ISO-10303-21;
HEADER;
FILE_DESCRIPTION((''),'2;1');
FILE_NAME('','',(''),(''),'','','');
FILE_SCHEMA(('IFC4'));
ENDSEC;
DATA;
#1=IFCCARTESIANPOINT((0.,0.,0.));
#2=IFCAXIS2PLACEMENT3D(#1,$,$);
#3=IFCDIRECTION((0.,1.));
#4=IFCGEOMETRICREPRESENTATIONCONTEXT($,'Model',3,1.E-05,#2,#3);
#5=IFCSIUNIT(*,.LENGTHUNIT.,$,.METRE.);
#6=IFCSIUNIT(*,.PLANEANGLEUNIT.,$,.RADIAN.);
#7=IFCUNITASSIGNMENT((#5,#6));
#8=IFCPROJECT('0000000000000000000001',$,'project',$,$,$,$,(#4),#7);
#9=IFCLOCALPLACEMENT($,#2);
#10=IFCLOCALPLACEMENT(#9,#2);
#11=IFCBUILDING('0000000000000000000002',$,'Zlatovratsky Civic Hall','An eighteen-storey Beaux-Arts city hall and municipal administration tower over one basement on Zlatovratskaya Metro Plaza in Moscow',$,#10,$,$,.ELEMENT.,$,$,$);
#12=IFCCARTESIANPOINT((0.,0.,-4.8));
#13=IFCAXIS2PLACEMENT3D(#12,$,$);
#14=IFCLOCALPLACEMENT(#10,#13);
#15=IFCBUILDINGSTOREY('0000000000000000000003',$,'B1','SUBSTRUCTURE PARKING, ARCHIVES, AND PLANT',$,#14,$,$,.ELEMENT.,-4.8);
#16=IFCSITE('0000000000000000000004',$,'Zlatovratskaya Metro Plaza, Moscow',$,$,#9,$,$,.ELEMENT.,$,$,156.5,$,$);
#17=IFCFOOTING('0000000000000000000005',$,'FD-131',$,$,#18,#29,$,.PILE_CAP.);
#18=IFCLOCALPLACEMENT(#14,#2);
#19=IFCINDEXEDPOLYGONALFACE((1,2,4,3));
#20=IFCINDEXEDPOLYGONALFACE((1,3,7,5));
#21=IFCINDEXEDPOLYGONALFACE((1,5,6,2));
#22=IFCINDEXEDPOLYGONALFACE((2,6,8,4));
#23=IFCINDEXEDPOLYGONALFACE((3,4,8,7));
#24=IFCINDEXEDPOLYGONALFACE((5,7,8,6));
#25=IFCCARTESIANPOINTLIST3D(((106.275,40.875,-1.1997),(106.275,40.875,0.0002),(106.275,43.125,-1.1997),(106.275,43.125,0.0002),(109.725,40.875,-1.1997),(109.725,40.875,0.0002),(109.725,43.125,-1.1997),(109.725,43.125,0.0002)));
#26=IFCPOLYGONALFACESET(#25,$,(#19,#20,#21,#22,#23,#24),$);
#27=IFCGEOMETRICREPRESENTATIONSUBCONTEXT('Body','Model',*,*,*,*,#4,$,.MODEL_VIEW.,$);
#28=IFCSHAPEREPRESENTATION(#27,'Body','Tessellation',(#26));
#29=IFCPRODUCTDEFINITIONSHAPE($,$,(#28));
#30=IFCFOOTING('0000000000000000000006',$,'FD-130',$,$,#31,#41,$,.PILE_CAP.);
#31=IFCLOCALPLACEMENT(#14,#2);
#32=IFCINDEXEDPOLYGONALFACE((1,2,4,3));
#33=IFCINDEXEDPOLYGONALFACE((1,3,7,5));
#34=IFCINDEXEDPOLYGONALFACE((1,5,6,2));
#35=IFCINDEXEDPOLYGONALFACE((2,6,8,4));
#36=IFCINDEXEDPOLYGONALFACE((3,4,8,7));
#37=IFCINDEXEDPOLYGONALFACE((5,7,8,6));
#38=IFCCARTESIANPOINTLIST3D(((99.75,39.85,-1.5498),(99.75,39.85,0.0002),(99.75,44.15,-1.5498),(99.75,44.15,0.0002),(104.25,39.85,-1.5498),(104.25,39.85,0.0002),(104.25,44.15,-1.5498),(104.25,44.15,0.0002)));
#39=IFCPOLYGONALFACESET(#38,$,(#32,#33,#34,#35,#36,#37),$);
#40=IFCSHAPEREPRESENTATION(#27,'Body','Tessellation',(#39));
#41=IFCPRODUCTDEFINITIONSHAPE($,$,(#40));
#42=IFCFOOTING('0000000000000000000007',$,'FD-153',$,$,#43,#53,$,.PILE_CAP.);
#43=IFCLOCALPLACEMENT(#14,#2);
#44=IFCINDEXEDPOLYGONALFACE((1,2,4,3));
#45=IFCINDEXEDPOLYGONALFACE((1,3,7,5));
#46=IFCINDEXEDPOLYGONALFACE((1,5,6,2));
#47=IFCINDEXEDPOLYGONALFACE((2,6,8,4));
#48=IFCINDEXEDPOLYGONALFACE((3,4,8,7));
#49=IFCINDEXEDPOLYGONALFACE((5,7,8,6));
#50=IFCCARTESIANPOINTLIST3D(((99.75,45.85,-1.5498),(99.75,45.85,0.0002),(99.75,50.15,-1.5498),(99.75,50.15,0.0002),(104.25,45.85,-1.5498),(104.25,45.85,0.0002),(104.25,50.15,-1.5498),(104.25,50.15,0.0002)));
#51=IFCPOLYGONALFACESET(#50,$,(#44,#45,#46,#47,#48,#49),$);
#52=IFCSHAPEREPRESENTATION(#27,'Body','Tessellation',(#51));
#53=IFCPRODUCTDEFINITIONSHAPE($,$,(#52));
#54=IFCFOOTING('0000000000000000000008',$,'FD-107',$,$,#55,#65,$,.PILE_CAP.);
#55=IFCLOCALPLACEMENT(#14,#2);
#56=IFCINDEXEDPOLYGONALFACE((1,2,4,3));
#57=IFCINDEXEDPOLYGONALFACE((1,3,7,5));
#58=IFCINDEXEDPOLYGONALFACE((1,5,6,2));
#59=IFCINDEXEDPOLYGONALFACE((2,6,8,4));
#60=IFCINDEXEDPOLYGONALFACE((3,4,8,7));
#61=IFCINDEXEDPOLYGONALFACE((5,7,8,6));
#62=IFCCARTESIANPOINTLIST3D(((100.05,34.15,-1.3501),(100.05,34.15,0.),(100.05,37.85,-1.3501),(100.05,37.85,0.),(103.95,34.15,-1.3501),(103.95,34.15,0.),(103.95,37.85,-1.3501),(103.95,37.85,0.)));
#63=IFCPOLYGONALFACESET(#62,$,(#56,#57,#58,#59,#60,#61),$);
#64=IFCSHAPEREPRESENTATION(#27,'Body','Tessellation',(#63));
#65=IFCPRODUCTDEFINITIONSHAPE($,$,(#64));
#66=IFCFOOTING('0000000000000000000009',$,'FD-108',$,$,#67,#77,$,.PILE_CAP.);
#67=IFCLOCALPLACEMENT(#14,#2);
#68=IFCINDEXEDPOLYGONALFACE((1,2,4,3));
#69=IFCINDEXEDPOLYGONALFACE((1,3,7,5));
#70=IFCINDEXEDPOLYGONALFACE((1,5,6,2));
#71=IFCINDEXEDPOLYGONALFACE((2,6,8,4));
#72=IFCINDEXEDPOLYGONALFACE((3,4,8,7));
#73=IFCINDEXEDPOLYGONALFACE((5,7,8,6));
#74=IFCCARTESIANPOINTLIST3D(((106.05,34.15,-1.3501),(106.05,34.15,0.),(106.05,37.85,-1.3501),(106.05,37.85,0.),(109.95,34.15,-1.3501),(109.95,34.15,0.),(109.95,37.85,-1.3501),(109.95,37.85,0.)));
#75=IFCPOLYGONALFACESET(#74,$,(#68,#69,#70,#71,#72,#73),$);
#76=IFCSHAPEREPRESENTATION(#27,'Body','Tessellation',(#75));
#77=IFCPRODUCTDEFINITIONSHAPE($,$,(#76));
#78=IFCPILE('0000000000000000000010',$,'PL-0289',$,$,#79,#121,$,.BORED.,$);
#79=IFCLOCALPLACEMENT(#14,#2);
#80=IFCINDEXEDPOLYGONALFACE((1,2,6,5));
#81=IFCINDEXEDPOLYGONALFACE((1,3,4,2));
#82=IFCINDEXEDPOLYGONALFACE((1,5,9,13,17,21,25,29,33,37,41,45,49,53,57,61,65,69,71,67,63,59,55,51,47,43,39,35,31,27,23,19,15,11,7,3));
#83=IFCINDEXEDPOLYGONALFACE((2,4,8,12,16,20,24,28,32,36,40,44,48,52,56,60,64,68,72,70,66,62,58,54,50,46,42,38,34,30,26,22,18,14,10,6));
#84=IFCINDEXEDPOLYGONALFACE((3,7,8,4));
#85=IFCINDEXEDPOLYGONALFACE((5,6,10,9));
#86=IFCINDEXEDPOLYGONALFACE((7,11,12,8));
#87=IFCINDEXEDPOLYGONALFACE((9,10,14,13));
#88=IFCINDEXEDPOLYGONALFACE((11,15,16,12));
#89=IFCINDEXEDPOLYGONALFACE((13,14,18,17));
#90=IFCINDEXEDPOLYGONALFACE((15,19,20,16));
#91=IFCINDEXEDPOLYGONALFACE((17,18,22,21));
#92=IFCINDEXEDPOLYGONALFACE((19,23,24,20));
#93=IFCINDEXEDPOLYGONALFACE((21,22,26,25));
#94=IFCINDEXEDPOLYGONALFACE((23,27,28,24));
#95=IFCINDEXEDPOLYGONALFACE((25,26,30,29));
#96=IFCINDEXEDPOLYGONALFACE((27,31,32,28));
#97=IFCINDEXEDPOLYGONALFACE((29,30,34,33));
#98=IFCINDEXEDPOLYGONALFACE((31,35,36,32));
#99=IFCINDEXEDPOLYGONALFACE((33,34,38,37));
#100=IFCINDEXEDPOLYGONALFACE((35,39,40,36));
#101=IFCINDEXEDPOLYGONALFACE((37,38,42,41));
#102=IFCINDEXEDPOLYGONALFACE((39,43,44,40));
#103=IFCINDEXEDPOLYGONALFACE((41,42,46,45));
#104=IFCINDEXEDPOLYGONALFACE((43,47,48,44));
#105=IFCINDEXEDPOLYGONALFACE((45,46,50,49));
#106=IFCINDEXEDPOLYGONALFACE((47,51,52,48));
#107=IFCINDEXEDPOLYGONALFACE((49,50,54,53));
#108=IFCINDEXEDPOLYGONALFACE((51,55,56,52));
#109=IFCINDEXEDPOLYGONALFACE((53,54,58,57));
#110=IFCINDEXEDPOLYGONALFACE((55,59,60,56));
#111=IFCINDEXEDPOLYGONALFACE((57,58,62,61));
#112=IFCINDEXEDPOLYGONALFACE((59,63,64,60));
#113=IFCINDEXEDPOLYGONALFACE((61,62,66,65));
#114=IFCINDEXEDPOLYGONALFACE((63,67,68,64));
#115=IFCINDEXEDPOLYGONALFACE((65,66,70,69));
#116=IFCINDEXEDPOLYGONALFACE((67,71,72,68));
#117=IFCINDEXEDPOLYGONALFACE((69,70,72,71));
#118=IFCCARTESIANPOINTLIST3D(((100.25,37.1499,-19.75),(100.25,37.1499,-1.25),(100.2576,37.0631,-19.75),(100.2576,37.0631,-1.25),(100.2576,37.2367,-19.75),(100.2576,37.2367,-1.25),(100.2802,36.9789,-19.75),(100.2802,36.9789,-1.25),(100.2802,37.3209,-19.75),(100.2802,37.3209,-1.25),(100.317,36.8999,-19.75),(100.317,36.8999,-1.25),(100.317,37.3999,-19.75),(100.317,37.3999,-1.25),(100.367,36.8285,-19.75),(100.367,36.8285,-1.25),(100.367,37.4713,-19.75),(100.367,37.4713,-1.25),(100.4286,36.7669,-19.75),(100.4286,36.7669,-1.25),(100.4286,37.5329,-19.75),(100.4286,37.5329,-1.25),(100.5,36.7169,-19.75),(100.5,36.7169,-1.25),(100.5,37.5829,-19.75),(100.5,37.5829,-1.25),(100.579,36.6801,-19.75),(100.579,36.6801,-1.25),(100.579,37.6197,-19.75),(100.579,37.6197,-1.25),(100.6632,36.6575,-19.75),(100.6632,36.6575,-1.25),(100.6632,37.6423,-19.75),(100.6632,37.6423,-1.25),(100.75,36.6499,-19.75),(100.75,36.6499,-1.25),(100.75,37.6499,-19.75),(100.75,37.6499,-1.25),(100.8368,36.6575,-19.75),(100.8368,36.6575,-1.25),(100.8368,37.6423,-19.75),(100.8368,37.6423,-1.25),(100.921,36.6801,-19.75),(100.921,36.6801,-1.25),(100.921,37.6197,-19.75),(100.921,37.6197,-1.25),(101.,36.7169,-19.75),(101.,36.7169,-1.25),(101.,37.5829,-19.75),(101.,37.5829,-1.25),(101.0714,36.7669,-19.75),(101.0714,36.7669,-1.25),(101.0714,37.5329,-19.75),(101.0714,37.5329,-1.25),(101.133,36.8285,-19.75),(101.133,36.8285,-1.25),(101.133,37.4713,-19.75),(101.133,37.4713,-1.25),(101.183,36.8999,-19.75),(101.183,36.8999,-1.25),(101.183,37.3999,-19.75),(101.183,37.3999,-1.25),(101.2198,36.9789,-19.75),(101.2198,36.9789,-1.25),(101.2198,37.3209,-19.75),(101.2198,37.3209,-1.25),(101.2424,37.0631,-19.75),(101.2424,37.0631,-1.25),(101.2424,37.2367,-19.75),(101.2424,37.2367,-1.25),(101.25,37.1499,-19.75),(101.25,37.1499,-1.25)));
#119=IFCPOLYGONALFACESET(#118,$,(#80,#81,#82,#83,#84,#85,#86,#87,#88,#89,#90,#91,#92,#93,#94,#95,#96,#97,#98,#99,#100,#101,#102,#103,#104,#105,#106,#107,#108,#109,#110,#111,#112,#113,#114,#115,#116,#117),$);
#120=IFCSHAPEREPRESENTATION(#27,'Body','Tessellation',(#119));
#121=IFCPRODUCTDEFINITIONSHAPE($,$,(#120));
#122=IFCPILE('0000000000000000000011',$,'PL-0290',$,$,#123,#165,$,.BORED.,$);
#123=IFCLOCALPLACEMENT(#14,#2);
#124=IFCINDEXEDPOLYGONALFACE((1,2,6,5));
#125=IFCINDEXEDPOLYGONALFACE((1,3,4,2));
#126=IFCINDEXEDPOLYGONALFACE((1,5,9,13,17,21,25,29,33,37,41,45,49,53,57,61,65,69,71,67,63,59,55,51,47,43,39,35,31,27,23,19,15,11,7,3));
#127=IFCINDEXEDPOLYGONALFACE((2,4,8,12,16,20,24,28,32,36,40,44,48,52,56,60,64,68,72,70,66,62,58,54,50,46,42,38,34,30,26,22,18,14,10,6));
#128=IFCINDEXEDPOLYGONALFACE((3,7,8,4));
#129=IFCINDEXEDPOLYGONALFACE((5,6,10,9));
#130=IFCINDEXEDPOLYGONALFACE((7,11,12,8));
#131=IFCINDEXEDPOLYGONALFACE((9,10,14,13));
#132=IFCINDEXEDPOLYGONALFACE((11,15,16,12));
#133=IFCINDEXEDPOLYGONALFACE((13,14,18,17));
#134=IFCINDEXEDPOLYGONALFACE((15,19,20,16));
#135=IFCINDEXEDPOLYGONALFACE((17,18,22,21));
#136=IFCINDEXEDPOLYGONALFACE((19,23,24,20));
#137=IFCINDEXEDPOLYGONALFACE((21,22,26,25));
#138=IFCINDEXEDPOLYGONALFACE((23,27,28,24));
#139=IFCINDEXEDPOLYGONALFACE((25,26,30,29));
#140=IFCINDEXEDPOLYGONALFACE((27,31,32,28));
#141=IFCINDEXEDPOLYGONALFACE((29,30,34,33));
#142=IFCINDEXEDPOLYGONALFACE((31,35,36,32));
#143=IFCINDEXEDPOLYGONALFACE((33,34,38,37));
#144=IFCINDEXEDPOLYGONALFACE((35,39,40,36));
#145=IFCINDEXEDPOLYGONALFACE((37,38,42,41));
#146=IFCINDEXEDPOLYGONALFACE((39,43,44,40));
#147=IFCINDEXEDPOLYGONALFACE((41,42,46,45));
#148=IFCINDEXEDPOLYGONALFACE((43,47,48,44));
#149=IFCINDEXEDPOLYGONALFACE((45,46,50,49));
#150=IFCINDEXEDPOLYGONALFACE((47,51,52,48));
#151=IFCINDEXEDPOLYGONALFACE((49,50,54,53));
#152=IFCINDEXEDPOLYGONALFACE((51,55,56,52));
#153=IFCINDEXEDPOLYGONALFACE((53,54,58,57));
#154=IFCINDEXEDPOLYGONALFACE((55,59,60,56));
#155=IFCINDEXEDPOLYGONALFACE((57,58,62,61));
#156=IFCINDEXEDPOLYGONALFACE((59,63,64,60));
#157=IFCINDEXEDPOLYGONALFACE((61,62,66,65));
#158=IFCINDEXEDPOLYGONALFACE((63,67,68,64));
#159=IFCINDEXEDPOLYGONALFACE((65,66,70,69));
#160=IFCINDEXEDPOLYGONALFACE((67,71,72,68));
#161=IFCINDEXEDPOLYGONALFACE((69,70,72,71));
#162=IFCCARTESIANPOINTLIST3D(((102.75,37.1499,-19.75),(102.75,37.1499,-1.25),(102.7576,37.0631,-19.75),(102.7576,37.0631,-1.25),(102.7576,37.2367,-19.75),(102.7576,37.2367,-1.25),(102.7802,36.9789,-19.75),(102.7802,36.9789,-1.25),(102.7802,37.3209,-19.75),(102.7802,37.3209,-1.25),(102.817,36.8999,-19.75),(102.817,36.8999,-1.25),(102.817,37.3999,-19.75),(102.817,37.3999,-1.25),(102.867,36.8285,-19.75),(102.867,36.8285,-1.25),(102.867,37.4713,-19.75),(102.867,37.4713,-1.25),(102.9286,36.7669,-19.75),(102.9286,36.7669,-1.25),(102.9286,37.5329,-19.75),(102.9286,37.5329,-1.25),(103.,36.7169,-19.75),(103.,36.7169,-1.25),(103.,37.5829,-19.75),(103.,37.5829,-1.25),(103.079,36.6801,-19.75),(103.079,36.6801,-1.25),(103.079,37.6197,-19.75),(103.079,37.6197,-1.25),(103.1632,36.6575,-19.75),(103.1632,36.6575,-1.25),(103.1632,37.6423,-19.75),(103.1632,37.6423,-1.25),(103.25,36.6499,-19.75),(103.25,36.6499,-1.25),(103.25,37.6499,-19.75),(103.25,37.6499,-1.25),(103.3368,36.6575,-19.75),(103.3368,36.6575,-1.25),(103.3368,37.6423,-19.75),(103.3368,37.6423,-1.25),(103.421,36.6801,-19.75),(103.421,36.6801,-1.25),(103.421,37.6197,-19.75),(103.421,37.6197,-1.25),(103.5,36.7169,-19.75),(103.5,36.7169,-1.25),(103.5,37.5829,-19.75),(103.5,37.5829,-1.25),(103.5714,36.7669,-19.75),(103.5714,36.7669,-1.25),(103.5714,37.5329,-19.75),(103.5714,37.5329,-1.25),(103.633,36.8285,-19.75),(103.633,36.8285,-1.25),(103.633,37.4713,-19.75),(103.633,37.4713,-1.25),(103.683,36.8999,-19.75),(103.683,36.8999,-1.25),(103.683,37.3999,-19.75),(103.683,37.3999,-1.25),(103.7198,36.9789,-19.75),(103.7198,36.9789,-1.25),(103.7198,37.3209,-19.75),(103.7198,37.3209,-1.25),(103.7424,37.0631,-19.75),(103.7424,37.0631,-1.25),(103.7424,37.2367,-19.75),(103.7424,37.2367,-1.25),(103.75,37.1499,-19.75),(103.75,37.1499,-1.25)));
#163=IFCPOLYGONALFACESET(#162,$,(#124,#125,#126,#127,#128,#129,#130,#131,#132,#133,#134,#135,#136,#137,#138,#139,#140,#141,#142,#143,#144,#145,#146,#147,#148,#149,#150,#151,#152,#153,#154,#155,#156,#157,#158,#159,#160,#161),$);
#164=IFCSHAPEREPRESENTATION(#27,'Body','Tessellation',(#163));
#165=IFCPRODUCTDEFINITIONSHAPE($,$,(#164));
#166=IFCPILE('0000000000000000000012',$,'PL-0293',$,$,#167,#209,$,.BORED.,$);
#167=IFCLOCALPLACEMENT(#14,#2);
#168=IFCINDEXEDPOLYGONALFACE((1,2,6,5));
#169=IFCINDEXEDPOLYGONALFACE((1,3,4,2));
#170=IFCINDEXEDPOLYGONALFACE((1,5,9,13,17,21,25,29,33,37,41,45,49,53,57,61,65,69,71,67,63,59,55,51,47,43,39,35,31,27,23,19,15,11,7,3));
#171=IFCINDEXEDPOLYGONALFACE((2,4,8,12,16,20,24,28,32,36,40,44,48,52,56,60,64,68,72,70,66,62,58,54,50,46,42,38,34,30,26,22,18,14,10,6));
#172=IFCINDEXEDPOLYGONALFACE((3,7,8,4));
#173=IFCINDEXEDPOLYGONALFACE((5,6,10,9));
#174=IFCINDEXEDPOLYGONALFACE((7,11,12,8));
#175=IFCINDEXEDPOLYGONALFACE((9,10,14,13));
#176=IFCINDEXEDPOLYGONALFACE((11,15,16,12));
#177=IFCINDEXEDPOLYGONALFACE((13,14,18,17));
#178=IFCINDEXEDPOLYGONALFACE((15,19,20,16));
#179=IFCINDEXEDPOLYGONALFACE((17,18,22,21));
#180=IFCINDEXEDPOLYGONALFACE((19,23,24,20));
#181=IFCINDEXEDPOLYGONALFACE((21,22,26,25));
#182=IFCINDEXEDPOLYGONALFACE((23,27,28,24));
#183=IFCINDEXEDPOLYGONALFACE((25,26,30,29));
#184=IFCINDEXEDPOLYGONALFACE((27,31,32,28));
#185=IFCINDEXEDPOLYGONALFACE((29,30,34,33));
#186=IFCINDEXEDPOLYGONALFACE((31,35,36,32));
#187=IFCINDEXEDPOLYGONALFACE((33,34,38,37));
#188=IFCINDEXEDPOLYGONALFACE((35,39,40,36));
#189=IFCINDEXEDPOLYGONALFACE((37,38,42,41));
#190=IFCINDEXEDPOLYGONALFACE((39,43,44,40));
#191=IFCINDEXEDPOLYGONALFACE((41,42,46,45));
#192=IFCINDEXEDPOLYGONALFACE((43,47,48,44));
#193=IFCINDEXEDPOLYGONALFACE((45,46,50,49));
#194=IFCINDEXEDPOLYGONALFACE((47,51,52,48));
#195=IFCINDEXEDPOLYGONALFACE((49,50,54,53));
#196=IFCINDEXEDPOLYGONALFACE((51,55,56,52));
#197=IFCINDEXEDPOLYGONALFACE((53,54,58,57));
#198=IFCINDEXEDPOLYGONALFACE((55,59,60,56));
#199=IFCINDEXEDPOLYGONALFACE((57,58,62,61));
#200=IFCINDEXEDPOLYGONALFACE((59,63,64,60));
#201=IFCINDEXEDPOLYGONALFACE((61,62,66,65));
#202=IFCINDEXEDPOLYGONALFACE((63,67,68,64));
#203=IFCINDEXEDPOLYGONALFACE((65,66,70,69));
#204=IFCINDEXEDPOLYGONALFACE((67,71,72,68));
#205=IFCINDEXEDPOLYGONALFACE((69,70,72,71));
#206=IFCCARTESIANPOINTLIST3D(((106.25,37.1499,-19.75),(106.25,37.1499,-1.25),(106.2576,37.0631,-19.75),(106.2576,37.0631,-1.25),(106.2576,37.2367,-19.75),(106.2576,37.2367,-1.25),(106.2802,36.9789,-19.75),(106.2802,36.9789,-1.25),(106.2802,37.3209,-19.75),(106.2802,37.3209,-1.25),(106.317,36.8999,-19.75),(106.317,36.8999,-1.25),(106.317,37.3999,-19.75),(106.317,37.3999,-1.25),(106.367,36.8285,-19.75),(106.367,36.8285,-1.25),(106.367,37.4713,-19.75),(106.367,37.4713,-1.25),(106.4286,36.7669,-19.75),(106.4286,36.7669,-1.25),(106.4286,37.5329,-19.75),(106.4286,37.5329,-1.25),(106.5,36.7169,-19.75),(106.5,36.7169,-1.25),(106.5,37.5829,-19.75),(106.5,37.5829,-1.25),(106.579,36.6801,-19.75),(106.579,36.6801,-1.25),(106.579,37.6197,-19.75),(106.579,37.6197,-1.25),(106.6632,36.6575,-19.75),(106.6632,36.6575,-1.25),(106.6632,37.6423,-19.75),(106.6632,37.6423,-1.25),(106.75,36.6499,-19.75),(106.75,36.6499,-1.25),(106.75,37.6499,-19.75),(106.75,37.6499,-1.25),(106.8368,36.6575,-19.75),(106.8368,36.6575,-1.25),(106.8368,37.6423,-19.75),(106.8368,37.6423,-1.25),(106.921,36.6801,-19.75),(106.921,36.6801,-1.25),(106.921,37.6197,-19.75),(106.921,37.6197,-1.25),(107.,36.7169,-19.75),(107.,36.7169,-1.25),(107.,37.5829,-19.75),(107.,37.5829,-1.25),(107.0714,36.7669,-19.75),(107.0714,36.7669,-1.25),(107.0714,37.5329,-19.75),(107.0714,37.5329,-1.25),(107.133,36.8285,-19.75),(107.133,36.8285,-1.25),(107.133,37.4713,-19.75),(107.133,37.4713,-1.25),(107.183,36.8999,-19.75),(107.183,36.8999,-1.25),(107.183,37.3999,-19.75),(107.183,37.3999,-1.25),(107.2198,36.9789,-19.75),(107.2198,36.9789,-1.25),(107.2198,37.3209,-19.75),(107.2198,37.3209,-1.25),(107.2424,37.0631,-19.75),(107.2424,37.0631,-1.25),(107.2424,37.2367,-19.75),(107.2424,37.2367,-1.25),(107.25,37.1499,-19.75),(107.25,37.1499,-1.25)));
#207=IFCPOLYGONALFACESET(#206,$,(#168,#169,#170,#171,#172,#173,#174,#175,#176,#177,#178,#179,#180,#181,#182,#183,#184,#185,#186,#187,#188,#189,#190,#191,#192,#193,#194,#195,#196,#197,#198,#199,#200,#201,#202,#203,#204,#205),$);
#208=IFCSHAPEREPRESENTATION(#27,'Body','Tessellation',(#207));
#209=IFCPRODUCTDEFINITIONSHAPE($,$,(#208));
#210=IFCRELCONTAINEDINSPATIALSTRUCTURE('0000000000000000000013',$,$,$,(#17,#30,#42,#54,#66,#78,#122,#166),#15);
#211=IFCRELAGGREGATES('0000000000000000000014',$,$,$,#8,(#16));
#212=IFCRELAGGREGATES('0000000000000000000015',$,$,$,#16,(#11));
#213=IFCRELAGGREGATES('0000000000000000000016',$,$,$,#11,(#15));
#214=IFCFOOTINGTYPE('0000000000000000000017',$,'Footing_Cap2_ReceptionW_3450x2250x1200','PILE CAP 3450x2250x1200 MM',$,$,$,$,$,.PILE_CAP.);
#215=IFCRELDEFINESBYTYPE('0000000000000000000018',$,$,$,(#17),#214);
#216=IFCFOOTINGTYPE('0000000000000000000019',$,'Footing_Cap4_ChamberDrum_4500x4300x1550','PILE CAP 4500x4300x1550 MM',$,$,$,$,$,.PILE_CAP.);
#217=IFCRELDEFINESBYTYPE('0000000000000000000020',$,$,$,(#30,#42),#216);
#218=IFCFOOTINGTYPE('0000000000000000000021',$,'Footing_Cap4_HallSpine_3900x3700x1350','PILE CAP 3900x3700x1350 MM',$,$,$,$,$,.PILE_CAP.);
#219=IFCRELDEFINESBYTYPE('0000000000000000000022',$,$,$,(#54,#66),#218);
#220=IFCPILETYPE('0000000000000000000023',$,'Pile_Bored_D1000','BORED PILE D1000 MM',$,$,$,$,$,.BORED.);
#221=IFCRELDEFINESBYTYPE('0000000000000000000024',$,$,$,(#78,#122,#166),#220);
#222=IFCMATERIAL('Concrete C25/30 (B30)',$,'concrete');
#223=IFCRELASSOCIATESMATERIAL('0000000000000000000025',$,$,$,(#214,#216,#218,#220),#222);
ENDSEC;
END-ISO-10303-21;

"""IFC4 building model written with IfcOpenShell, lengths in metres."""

from ifc_helpers import new_model, si_unit, direction, frame, origin, origin_2d, place, context, subcontext, project, spatial, rectangle, circle, extrude, material, material_profile, profile_set, type_object, element, save


model = new_model("IFC4")

# Units and contexts
model_context = context("Model", 3, precision=1e-05, world=origin(), true_north=direction((0.0, 1.0)))
body_context = subcontext(model_context, "Body", "Model", "MODEL_VIEW")
ifc_project = project(units=[si_unit("LENGTHUNIT", "METRE"), si_unit("PLANEANGLEUNIT", "RADIAN")], contexts=[model_context])

# Site, building, storey
site_placement = place(None, origin())
site = spatial("IfcSite", under=ifc_project, at=site_placement, Name="Zlatovratskaya Metro Plaza, Moscow", CompositionType="ELEMENT", RefElevation=156.5)
building_placement = place(site_placement, origin())
building = spatial("IfcBuilding", under=site, at=building_placement, Name="Zlatovratsky Civic Hall", Description="An eighteen-storey Beaux-Arts city hall and municipal administration tower over one basement on Zlatovratskaya Metro Plaza in Moscow", CompositionType="ELEMENT")
storey_placement = place(building_placement, frame((0.0, 0.0, -4.8)))
storey = spatial("IfcBuildingStorey", under=building, at=storey_placement, Name="B1", Description="SUBSTRUCTURE PARKING, ARCHIVES, AND PLANT", CompositionType="ELEMENT", Elevation=-4.8)

# Footings
ifc_material_1 = material(Name="Concrete C25/30 (B30)", Category="concrete")
footing_type_1 = type_object("IfcFootingType", Name="Footing_Cap2_ReceptionW_3450x2250x1200", Description="PILE CAP 3450x2250x1200 MM", PredefinedType="PILE_CAP", material=ifc_material_1)
footing_placement = place(storey_placement, frame((108.0, 42.0, -1.1997), z_axis=(0.0, 0.0, 1.0), x_axis=(1.0, 0.0, 0.0)))
element("IfcFooting", 1, at=footing_placement, inside=storey, type_object=footing_type_1, Name="FD-131", PredefinedType="PILE_CAP", context=body_context, shape_type="SweptSolid", body=[
    extrude(rectangle(XDim=3.45, YDim=2.25, at=origin_2d()), origin(), (0.0, 0.0, 1.0), 1.2),
])
footing_type_2 = type_object("IfcFootingType", Name="Footing_Cap4_ChamberDrum_4500x4300x1550", Description="PILE CAP 4500x4300x1550 MM", PredefinedType="PILE_CAP", material=ifc_material_1)
for number, where, z_axis, x_axis, name in (
    (2, (102.0, 42.0, -1.5498), (0.0, 0.0, 1.0), (1.0, 0.0, 0.0), "FD-130"),
    (3, (102.0, 48.0, -1.5498), (0.0, 0.0, 1.0), (1.0, 0.0, 0.0), "FD-153"),
):
    element("IfcFooting", number, at=place(storey_placement, frame(where, z_axis=z_axis, x_axis=x_axis)), inside=storey, type_object=footing_type_2, Name=name, PredefinedType="PILE_CAP", context=body_context, shape_type="SweptSolid", body=[
        extrude(rectangle(XDim=4.5, YDim=4.3, at=origin_2d()), origin(), (0.0, 0.0, 1.0), 1.55),
    ])
footing_type_3 = type_object("IfcFootingType", Name="Footing_Cap4_HallSpine_3900x3700x1350", Description="PILE CAP 3900x3700x1350 MM", PredefinedType="PILE_CAP", material=ifc_material_1)
for number, where, z_axis, x_axis, name in (
    (4, (102.0, 36.0, -1.3501), (0.0, 0.0, 1.0), (1.0, 0.0, 0.0), "FD-107"),
    (5, (108.0, 36.0, -1.3501), (0.0, 0.0, 1.0), (1.0, 0.0, 0.0), "FD-108"),
):
    element("IfcFooting", number, at=place(storey_placement, frame(where, z_axis=z_axis, x_axis=x_axis)), inside=storey, type_object=footing_type_3, Name=name, PredefinedType="PILE_CAP", context=body_context, shape_type="SweptSolid", body=[
        extrude(rectangle(XDim=3.8999, YDim=3.7, at=origin_2d()), origin(), (0.0, 0.0, 1.0), 1.3501),
    ])

# Piles
ifc_material_profile_1 = material_profile(ifc_material_1, circle(Radius=0.5, at=origin_2d()), Name="PILE D1000")
ifc_profile_set_1 = profile_set([ifc_material_profile_1], Name="Concrete C25/30 (B30)")
pile_type_1 = type_object("IfcPileType", Name="Pile_Bored_D1000", Description="BORED PILE D1000 MM", PredefinedType="BORED", material=ifc_profile_set_1)
for number, where, z_axis, x_axis, name in (
    (6, (100.75, 37.1499, -1.25), (0.0, 0.0, -1.0), (1.0, 0.0, 0.0), "PL-0289"),
    (7, (103.25, 37.1499, -1.25), (0.0, 0.0, -1.0), (1.0, 0.0, 0.0), "PL-0290"),
    (8, (106.75, 37.1499, -1.25), (0.0, 0.0, -1.0), (1.0, 0.0, 0.0), "PL-0293"),
):
    element("IfcPile", number, at=place(storey_placement, frame(where, z_axis=z_axis, x_axis=x_axis)), inside=storey, type_object=pile_type_1, Name=name, PredefinedType="BORED", context=body_context, shape_type="SweptSolid", body=[
        extrude(circle(Radius=0.5, at=origin_2d()), origin(), (0.0, 0.0, 1.0), 18.5),
    ])

save(model, "model.ifc")
